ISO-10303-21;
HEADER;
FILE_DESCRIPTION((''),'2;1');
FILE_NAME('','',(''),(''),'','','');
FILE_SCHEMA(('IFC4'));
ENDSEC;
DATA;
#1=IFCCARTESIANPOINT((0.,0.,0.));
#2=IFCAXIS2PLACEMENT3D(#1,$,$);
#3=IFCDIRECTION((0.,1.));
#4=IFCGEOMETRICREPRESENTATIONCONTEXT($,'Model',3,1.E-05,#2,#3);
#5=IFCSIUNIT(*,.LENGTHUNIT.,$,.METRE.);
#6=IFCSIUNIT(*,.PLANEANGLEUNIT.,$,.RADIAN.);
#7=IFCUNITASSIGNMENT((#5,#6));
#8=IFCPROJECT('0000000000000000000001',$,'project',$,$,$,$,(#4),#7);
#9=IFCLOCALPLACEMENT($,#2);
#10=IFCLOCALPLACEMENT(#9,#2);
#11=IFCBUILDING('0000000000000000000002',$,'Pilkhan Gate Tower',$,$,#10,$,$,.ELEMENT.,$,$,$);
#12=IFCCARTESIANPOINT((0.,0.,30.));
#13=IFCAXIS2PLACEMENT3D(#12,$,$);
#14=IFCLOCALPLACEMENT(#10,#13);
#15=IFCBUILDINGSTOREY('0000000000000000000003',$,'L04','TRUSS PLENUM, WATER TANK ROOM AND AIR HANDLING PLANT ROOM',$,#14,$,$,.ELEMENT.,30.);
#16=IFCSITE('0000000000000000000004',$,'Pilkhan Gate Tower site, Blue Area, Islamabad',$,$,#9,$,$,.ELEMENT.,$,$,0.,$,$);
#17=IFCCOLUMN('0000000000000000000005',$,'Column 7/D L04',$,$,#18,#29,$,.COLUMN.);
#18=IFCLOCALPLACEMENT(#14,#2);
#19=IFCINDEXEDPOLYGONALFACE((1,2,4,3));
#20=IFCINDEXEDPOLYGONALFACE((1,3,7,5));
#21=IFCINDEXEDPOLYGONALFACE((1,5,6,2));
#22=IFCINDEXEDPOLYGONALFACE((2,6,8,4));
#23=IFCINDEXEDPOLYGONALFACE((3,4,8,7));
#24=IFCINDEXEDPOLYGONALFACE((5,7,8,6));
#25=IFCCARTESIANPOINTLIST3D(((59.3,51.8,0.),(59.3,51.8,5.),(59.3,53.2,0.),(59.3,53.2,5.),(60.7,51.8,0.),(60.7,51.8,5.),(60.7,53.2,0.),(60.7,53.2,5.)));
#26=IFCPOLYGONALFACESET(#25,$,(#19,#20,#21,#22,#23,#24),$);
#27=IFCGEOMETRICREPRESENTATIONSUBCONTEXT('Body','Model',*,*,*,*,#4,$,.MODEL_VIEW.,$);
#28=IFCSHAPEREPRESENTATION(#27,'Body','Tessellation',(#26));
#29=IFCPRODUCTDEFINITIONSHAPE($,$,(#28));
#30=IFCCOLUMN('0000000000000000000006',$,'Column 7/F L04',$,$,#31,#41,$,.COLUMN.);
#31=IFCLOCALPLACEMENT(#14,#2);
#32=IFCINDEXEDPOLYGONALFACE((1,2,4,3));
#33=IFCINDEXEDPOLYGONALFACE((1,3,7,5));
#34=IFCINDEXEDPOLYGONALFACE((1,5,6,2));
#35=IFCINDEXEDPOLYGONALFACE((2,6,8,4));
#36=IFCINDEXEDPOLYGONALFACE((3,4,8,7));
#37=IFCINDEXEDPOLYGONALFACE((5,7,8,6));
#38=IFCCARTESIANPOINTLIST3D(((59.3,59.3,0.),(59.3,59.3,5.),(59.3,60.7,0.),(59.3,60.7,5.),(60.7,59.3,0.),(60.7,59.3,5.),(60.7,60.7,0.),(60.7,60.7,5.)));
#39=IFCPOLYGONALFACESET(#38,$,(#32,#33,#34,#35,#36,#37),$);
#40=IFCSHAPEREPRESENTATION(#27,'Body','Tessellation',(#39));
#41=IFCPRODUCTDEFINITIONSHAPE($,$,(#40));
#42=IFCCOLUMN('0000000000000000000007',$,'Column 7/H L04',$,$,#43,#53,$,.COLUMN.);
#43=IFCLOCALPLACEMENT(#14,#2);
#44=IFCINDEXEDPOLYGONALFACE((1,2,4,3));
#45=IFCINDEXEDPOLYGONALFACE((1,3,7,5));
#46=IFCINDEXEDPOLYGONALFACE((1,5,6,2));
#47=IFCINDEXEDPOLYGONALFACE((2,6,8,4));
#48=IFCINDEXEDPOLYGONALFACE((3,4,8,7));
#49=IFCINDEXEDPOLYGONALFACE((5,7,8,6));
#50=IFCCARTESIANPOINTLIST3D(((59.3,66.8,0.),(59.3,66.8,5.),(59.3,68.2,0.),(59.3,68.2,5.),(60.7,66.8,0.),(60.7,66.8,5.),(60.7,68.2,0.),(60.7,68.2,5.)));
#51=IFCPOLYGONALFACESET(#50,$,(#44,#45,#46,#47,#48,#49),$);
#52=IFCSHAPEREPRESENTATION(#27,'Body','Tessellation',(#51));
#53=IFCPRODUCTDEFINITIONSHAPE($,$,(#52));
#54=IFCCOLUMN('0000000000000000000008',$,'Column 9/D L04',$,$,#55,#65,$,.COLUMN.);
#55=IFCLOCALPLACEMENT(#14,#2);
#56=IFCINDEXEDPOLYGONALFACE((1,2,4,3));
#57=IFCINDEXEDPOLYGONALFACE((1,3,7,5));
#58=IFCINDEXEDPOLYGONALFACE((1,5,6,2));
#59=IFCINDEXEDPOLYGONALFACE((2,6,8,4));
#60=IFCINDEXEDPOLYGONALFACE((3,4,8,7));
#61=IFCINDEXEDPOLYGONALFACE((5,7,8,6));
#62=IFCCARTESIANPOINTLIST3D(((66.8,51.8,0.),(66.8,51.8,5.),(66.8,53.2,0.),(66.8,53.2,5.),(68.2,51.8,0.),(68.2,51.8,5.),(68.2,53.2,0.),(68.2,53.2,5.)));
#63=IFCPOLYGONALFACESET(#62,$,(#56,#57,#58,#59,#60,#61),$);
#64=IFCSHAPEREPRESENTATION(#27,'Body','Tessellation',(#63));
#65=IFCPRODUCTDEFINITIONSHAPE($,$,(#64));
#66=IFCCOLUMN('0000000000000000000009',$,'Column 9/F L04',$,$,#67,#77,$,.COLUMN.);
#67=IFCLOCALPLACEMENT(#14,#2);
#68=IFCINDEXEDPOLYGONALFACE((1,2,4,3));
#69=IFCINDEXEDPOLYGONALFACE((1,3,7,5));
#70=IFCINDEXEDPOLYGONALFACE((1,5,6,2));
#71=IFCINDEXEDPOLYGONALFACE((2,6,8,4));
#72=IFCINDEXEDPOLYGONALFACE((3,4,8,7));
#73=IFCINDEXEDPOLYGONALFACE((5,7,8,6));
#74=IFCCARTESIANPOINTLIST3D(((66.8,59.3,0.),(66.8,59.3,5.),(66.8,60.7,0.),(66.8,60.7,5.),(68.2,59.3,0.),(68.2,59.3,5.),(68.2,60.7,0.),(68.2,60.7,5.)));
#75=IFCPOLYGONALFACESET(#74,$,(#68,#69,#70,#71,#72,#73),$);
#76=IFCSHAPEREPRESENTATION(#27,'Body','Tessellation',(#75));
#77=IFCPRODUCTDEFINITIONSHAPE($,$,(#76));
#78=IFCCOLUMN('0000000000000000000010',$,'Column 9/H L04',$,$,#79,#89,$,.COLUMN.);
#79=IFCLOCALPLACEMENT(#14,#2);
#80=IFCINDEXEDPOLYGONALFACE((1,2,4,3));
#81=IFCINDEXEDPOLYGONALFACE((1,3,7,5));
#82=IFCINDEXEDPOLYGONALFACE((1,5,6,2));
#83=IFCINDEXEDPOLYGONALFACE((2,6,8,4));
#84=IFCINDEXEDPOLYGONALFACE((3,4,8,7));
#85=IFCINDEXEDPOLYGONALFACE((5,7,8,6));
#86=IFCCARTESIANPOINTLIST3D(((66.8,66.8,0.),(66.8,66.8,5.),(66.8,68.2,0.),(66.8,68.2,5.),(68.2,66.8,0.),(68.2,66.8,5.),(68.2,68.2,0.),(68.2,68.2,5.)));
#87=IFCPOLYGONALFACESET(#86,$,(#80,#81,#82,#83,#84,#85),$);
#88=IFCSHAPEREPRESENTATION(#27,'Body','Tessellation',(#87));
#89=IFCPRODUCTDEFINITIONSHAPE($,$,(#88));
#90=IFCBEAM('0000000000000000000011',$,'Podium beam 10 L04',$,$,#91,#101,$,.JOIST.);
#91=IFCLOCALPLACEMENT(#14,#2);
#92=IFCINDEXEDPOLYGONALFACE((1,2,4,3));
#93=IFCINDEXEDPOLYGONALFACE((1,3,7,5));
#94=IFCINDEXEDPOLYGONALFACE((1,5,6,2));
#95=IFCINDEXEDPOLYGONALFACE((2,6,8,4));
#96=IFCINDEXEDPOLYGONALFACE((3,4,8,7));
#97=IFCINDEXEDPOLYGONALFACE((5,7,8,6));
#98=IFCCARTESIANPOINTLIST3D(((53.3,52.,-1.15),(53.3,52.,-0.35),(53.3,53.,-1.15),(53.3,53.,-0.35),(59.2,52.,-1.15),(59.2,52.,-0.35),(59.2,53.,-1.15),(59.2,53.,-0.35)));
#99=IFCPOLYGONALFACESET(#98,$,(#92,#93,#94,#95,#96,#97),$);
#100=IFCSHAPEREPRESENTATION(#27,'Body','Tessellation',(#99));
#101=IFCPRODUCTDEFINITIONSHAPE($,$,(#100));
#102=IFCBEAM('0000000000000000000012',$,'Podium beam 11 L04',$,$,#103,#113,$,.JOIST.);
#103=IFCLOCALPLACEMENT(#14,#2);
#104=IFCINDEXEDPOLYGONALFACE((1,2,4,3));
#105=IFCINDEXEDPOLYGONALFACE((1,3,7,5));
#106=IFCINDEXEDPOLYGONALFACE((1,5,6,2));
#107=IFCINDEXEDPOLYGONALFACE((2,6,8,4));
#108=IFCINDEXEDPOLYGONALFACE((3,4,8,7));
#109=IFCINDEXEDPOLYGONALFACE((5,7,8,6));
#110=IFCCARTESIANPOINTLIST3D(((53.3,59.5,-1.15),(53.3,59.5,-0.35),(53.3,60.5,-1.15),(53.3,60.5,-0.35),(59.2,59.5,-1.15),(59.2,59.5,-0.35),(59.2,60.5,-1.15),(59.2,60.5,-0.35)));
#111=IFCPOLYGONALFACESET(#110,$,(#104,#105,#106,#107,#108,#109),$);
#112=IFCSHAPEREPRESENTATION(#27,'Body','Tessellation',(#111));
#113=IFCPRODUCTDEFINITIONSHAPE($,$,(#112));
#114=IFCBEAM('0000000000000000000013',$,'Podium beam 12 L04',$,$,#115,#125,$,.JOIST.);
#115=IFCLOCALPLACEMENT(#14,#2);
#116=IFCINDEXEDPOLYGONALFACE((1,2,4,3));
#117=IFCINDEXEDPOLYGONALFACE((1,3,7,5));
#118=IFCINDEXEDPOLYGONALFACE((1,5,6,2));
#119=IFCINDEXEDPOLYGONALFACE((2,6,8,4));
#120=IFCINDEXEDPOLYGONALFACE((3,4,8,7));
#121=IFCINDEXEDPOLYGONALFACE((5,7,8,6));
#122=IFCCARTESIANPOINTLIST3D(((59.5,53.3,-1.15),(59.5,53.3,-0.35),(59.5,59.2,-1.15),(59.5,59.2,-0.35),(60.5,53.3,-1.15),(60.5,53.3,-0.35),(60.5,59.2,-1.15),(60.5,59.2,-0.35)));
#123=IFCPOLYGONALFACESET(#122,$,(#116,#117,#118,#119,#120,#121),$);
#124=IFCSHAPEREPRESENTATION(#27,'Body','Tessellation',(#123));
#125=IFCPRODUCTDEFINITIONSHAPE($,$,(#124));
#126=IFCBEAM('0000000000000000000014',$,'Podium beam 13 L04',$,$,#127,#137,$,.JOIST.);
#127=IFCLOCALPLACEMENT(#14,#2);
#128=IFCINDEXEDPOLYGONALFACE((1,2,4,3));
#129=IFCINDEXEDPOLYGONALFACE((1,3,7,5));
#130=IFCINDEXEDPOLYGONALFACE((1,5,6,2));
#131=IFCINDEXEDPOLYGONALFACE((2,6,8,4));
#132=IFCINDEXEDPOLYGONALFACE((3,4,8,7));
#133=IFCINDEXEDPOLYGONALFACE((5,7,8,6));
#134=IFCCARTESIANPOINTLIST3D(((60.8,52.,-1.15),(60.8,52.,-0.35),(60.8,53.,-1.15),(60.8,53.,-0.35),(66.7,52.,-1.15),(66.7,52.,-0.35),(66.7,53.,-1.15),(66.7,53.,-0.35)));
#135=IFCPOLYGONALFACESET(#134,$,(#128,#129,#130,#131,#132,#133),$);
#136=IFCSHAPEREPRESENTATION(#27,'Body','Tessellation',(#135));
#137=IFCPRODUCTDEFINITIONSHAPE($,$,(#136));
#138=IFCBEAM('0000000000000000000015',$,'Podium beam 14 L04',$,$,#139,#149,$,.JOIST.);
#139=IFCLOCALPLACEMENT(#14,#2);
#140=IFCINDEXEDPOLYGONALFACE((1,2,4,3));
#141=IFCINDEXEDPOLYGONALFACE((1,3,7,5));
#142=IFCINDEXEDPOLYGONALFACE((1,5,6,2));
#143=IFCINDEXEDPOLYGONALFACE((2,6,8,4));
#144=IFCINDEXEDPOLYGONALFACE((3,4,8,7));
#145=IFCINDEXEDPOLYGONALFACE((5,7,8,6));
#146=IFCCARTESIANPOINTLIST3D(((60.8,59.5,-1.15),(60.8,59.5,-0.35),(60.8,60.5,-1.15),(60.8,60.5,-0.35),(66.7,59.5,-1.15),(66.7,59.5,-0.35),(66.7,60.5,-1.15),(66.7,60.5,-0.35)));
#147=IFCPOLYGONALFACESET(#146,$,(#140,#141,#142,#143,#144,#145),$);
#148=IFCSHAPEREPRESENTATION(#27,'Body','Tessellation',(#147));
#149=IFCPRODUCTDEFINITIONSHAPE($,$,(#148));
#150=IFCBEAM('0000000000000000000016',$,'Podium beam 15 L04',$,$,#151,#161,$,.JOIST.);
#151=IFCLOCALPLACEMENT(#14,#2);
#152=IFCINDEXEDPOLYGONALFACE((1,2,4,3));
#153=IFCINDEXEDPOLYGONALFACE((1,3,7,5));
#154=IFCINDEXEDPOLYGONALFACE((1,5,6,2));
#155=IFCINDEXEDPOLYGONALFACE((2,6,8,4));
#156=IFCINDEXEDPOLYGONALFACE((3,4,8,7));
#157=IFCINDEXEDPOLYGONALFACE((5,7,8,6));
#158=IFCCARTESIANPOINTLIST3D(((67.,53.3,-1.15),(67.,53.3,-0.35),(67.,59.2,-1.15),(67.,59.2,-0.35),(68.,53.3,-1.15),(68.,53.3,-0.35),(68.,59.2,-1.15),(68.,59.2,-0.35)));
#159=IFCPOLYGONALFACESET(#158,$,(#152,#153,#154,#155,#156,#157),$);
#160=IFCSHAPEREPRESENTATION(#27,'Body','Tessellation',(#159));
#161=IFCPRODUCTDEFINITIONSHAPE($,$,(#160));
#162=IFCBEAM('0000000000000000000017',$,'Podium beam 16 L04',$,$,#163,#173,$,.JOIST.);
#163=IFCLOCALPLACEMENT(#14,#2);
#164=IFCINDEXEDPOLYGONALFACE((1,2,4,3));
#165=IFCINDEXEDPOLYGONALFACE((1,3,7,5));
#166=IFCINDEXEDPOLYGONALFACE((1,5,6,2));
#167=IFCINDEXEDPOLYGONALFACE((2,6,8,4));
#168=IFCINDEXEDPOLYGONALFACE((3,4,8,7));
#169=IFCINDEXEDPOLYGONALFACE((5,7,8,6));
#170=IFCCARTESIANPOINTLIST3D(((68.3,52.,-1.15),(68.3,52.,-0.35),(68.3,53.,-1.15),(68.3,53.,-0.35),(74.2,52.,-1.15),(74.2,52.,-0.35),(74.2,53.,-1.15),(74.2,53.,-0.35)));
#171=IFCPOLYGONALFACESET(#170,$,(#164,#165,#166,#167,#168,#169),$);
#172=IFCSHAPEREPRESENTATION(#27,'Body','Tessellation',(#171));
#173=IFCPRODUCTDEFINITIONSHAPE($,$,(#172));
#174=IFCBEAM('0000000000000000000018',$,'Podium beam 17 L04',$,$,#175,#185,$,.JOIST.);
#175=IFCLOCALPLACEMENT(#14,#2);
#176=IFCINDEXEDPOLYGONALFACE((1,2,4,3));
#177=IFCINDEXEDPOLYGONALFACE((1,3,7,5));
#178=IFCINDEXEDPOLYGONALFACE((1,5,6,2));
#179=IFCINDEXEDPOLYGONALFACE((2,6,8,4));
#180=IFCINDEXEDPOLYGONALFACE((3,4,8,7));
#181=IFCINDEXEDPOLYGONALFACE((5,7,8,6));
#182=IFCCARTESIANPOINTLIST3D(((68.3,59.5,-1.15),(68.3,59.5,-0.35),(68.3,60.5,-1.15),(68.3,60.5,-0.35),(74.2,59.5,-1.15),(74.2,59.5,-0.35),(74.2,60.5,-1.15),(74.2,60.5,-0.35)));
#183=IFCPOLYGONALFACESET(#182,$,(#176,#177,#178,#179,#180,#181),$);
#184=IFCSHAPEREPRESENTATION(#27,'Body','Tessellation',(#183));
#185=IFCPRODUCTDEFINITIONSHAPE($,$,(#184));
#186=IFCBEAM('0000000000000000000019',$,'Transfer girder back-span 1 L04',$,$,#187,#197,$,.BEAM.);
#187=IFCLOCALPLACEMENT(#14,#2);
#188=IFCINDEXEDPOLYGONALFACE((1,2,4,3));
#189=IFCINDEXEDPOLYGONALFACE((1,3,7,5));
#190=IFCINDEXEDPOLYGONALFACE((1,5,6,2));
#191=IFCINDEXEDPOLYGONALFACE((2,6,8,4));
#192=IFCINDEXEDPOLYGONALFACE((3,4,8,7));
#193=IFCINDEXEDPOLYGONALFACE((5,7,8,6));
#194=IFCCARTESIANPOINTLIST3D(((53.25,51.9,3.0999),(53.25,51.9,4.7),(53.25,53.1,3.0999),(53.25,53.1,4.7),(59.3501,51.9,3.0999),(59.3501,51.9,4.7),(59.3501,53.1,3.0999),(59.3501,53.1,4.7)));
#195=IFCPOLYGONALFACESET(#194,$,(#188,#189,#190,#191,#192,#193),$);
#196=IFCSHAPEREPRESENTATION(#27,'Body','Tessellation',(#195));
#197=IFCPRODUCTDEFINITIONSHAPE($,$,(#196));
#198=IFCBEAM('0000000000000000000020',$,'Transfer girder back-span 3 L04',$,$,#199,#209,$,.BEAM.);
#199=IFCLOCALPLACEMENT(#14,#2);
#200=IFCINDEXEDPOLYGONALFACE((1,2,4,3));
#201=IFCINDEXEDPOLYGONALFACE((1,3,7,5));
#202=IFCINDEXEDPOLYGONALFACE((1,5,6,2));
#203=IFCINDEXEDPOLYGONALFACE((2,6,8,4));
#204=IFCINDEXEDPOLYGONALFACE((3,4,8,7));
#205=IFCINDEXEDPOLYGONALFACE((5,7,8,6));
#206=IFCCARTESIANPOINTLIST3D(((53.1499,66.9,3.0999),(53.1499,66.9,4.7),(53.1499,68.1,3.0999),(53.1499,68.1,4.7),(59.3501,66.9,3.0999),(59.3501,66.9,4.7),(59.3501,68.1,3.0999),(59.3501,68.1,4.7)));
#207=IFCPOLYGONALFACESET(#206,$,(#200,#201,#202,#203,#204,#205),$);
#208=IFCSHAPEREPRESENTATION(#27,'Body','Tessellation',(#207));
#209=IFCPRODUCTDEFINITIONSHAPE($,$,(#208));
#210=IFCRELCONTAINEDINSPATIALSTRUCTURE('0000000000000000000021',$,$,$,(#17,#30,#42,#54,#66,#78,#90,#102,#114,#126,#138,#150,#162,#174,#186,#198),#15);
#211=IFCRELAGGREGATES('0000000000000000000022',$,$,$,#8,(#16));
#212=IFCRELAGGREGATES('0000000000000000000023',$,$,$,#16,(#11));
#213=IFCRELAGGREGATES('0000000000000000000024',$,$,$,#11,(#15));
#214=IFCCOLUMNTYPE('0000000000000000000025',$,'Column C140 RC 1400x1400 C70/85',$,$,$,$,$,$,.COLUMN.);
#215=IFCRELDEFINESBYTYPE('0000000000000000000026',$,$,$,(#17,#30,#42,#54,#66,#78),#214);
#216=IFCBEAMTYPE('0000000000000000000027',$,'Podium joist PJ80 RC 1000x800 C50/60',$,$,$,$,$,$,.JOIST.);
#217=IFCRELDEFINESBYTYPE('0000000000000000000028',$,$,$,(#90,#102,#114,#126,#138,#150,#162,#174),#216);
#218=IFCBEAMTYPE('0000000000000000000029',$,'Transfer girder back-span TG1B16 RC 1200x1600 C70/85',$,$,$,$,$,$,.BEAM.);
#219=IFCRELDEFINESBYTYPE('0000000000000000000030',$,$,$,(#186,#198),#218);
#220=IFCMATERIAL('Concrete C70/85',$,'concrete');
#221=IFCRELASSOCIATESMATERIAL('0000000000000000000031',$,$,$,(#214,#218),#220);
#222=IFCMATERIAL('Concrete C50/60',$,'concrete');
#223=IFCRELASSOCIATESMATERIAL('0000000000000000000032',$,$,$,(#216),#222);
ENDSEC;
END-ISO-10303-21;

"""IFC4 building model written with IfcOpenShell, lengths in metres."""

from ifc_helpers import new_model, si_unit, direction, frame, origin, origin_2d, place, context, subcontext, project, spatial, rectangle, extrude, material, material_profile, profile_set, type_object, element, save


model = new_model("IFC4")

# Units and contexts
model_context = context("Model", 3, precision=1e-05, world=origin(), true_north=direction((0.0, 1.0)))
body_context = subcontext(model_context, "Body", "Model", "MODEL_VIEW")
ifc_project = project(units=[si_unit("LENGTHUNIT", "METRE"), si_unit("PLANEANGLEUNIT", "RADIAN")], contexts=[model_context])

# Site, building, storey
site_placement = place(None, origin())
site = spatial("IfcSite", under=ifc_project, at=site_placement, Name="Pilkhan Gate Tower site, Blue Area, Islamabad", CompositionType="ELEMENT", RefElevation=0.0)
building_placement = place(site_placement, origin())
building = spatial("IfcBuilding", under=site, at=building_placement, Name="Pilkhan Gate Tower", CompositionType="ELEMENT")
storey_placement = place(building_placement, frame((0.0, 0.0, 30.0)))
storey = spatial("IfcBuildingStorey", under=building, at=storey_placement, Name="L04", Description="TRUSS PLENUM, WATER TANK ROOM AND AIR HANDLING PLANT ROOM", CompositionType="ELEMENT", Elevation=30.0)

# Columns
ifc_material_1 = material(Name="Concrete C70/85", Category="concrete")
ifc_material_profile_1 = material_profile(ifc_material_1, rectangle(XDim=1.3999, YDim=1.3999, at=origin_2d()), Name="RC 1400x1400")
ifc_profile_set_1 = profile_set([ifc_material_profile_1], Name="Concrete C70/85")
column_type = type_object("IfcColumnType", Name="Column C140 RC 1400x1400 C70/85", PredefinedType="COLUMN", material=ifc_profile_set_1)
for number, where, z_axis, x_axis, name in (
    (1, (60.0, 52.5, 0.0), (0.0, 0.0, 1.0), (1.0, 0.0, 0.0), "Column 7/D L04"),
    (2, (60.0, 60.0, 0.0), (0.0, 0.0, 1.0), (1.0, 0.0, 0.0), "Column 7/F L04"),
    (3, (60.0, 67.5, 0.0), (0.0, 0.0, 1.0), (1.0, 0.0, 0.0), "Column 7/H L04"),
    (4, (67.5, 52.5, 0.0), (0.0, 0.0, 1.0), (1.0, 0.0, 0.0), "Column 9/D L04"),
    (5, (67.5, 60.0, 0.0), (0.0, 0.0, 1.0), (1.0, 0.0, 0.0), "Column 9/F L04"),
    (6, (67.5, 67.5, 0.0), (0.0, 0.0, 1.0), (1.0, 0.0, 0.0), "Column 9/H L04"),
):
    element("IfcColumn", number, at=place(storey_placement, frame(where, z_axis=z_axis, x_axis=x_axis)), inside=storey, type_object=column_type, Name=name, PredefinedType="COLUMN", context=body_context, shape_type="SweptSolid", body=[
        extrude(rectangle(XDim=1.3999, YDim=1.3999, at=origin_2d()), origin(), (0.0, 0.0, 1.0), 5.0),
    ])

# Beams
ifc_material_2 = material(Name="Concrete C50/60", Category="concrete")
ifc_material_profile_2 = material_profile(ifc_material_2, rectangle(XDim=1.0, YDim=0.8, at=origin_2d()), Name="RC 1000x800")
ifc_profile_set_2 = profile_set([ifc_material_profile_2], Name="Concrete C50/60")
beam_type_1 = type_object("IfcBeamType", Name="Podium joist PJ80 RC 1000x800 C50/60", PredefinedType="JOIST", material=ifc_profile_set_2)
for number, where, z_axis, x_axis, name in (
    (7, (53.3, 52.5, -0.75), (1.0, 0.0, 0.0), (0.0, 1.0, 0.0), "Podium beam 10 L04"),
    (8, (53.3, 60.0, -0.75), (1.0, 0.0, 0.0), (0.0, 1.0, 0.0), "Podium beam 11 L04"),
    (9, (60.0, 53.3, -0.75), (0.0, 1.0, 0.0), (-1.0, 0.0, 0.0), "Podium beam 12 L04"),
    (10, (60.8, 52.5, -0.75), (1.0, 0.0, 0.0), (0.0, 1.0, 0.0), "Podium beam 13 L04"),
    (11, (60.8, 60.0, -0.75), (1.0, 0.0, 0.0), (0.0, 1.0, 0.0), "Podium beam 14 L04"),
    (12, (67.5, 53.3, -0.75), (0.0, 1.0, 0.0), (-1.0, 0.0, 0.0), "Podium beam 15 L04"),
    (13, (68.3, 52.5, -0.75), (1.0, 0.0, 0.0), (0.0, 1.0, 0.0), "Podium beam 16 L04"),
    (14, (68.3, 60.0, -0.75), (1.0, 0.0, 0.0), (0.0, 1.0, 0.0), "Podium beam 17 L04"),
):
    element("IfcBeam", number, at=place(storey_placement, frame(where, z_axis=z_axis, x_axis=x_axis)), inside=storey, type_object=beam_type_1, Name=name, PredefinedType="JOIST", context=body_context, shape_type="SweptSolid", body=[
        extrude(rectangle(XDim=1.0, YDim=0.8, at=origin_2d()), origin(), (0.0, 0.0, 1.0), 5.8999),
    ])
ifc_material_profile_3 = material_profile(ifc_material_1, rectangle(XDim=1.2, YDim=1.6001, at=origin_2d()), Name="RC 1200x1600")
ifc_profile_set_3 = profile_set([ifc_material_profile_3], Name="Concrete C70/85")
beam_type_2 = type_object("IfcBeamType", Name="Transfer girder back-span TG1B16 RC 1200x1600 C70/85", PredefinedType="BEAM", material=ifc_profile_set_3)
beam_1_placement = place(storey_placement, frame((53.25, 52.5, 3.8999), z_axis=(1.0, 0.0, 0.0), x_axis=(0.0, 1.0, 0.0)))
element("IfcBeam", 15, at=beam_1_placement, inside=storey, type_object=beam_type_2, Name="Transfer girder back-span 1 L04", PredefinedType="BEAM", context=body_context, shape_type="SweptSolid", body=[
    extrude(rectangle(XDim=1.2, YDim=1.6001, at=origin_2d()), origin(), (0.0, 0.0, 1.0), 6.1001),
])
beam_2_placement = place(storey_placement, frame((53.1499, 67.5, 3.8999), z_axis=(1.0, 0.0, 0.0), x_axis=(0.0, 1.0, 0.0)))
element("IfcBeam", 16, at=beam_2_placement, inside=storey, type_object=beam_type_2, Name="Transfer girder back-span 3 L04", PredefinedType="BEAM", context=body_context, shape_type="SweptSolid", body=[
    extrude(rectangle(XDim=1.2, YDim=1.6001, at=origin_2d()), origin(), (0.0, 0.0, 1.0), 6.2002),
])

save(model, "model.ifc")
